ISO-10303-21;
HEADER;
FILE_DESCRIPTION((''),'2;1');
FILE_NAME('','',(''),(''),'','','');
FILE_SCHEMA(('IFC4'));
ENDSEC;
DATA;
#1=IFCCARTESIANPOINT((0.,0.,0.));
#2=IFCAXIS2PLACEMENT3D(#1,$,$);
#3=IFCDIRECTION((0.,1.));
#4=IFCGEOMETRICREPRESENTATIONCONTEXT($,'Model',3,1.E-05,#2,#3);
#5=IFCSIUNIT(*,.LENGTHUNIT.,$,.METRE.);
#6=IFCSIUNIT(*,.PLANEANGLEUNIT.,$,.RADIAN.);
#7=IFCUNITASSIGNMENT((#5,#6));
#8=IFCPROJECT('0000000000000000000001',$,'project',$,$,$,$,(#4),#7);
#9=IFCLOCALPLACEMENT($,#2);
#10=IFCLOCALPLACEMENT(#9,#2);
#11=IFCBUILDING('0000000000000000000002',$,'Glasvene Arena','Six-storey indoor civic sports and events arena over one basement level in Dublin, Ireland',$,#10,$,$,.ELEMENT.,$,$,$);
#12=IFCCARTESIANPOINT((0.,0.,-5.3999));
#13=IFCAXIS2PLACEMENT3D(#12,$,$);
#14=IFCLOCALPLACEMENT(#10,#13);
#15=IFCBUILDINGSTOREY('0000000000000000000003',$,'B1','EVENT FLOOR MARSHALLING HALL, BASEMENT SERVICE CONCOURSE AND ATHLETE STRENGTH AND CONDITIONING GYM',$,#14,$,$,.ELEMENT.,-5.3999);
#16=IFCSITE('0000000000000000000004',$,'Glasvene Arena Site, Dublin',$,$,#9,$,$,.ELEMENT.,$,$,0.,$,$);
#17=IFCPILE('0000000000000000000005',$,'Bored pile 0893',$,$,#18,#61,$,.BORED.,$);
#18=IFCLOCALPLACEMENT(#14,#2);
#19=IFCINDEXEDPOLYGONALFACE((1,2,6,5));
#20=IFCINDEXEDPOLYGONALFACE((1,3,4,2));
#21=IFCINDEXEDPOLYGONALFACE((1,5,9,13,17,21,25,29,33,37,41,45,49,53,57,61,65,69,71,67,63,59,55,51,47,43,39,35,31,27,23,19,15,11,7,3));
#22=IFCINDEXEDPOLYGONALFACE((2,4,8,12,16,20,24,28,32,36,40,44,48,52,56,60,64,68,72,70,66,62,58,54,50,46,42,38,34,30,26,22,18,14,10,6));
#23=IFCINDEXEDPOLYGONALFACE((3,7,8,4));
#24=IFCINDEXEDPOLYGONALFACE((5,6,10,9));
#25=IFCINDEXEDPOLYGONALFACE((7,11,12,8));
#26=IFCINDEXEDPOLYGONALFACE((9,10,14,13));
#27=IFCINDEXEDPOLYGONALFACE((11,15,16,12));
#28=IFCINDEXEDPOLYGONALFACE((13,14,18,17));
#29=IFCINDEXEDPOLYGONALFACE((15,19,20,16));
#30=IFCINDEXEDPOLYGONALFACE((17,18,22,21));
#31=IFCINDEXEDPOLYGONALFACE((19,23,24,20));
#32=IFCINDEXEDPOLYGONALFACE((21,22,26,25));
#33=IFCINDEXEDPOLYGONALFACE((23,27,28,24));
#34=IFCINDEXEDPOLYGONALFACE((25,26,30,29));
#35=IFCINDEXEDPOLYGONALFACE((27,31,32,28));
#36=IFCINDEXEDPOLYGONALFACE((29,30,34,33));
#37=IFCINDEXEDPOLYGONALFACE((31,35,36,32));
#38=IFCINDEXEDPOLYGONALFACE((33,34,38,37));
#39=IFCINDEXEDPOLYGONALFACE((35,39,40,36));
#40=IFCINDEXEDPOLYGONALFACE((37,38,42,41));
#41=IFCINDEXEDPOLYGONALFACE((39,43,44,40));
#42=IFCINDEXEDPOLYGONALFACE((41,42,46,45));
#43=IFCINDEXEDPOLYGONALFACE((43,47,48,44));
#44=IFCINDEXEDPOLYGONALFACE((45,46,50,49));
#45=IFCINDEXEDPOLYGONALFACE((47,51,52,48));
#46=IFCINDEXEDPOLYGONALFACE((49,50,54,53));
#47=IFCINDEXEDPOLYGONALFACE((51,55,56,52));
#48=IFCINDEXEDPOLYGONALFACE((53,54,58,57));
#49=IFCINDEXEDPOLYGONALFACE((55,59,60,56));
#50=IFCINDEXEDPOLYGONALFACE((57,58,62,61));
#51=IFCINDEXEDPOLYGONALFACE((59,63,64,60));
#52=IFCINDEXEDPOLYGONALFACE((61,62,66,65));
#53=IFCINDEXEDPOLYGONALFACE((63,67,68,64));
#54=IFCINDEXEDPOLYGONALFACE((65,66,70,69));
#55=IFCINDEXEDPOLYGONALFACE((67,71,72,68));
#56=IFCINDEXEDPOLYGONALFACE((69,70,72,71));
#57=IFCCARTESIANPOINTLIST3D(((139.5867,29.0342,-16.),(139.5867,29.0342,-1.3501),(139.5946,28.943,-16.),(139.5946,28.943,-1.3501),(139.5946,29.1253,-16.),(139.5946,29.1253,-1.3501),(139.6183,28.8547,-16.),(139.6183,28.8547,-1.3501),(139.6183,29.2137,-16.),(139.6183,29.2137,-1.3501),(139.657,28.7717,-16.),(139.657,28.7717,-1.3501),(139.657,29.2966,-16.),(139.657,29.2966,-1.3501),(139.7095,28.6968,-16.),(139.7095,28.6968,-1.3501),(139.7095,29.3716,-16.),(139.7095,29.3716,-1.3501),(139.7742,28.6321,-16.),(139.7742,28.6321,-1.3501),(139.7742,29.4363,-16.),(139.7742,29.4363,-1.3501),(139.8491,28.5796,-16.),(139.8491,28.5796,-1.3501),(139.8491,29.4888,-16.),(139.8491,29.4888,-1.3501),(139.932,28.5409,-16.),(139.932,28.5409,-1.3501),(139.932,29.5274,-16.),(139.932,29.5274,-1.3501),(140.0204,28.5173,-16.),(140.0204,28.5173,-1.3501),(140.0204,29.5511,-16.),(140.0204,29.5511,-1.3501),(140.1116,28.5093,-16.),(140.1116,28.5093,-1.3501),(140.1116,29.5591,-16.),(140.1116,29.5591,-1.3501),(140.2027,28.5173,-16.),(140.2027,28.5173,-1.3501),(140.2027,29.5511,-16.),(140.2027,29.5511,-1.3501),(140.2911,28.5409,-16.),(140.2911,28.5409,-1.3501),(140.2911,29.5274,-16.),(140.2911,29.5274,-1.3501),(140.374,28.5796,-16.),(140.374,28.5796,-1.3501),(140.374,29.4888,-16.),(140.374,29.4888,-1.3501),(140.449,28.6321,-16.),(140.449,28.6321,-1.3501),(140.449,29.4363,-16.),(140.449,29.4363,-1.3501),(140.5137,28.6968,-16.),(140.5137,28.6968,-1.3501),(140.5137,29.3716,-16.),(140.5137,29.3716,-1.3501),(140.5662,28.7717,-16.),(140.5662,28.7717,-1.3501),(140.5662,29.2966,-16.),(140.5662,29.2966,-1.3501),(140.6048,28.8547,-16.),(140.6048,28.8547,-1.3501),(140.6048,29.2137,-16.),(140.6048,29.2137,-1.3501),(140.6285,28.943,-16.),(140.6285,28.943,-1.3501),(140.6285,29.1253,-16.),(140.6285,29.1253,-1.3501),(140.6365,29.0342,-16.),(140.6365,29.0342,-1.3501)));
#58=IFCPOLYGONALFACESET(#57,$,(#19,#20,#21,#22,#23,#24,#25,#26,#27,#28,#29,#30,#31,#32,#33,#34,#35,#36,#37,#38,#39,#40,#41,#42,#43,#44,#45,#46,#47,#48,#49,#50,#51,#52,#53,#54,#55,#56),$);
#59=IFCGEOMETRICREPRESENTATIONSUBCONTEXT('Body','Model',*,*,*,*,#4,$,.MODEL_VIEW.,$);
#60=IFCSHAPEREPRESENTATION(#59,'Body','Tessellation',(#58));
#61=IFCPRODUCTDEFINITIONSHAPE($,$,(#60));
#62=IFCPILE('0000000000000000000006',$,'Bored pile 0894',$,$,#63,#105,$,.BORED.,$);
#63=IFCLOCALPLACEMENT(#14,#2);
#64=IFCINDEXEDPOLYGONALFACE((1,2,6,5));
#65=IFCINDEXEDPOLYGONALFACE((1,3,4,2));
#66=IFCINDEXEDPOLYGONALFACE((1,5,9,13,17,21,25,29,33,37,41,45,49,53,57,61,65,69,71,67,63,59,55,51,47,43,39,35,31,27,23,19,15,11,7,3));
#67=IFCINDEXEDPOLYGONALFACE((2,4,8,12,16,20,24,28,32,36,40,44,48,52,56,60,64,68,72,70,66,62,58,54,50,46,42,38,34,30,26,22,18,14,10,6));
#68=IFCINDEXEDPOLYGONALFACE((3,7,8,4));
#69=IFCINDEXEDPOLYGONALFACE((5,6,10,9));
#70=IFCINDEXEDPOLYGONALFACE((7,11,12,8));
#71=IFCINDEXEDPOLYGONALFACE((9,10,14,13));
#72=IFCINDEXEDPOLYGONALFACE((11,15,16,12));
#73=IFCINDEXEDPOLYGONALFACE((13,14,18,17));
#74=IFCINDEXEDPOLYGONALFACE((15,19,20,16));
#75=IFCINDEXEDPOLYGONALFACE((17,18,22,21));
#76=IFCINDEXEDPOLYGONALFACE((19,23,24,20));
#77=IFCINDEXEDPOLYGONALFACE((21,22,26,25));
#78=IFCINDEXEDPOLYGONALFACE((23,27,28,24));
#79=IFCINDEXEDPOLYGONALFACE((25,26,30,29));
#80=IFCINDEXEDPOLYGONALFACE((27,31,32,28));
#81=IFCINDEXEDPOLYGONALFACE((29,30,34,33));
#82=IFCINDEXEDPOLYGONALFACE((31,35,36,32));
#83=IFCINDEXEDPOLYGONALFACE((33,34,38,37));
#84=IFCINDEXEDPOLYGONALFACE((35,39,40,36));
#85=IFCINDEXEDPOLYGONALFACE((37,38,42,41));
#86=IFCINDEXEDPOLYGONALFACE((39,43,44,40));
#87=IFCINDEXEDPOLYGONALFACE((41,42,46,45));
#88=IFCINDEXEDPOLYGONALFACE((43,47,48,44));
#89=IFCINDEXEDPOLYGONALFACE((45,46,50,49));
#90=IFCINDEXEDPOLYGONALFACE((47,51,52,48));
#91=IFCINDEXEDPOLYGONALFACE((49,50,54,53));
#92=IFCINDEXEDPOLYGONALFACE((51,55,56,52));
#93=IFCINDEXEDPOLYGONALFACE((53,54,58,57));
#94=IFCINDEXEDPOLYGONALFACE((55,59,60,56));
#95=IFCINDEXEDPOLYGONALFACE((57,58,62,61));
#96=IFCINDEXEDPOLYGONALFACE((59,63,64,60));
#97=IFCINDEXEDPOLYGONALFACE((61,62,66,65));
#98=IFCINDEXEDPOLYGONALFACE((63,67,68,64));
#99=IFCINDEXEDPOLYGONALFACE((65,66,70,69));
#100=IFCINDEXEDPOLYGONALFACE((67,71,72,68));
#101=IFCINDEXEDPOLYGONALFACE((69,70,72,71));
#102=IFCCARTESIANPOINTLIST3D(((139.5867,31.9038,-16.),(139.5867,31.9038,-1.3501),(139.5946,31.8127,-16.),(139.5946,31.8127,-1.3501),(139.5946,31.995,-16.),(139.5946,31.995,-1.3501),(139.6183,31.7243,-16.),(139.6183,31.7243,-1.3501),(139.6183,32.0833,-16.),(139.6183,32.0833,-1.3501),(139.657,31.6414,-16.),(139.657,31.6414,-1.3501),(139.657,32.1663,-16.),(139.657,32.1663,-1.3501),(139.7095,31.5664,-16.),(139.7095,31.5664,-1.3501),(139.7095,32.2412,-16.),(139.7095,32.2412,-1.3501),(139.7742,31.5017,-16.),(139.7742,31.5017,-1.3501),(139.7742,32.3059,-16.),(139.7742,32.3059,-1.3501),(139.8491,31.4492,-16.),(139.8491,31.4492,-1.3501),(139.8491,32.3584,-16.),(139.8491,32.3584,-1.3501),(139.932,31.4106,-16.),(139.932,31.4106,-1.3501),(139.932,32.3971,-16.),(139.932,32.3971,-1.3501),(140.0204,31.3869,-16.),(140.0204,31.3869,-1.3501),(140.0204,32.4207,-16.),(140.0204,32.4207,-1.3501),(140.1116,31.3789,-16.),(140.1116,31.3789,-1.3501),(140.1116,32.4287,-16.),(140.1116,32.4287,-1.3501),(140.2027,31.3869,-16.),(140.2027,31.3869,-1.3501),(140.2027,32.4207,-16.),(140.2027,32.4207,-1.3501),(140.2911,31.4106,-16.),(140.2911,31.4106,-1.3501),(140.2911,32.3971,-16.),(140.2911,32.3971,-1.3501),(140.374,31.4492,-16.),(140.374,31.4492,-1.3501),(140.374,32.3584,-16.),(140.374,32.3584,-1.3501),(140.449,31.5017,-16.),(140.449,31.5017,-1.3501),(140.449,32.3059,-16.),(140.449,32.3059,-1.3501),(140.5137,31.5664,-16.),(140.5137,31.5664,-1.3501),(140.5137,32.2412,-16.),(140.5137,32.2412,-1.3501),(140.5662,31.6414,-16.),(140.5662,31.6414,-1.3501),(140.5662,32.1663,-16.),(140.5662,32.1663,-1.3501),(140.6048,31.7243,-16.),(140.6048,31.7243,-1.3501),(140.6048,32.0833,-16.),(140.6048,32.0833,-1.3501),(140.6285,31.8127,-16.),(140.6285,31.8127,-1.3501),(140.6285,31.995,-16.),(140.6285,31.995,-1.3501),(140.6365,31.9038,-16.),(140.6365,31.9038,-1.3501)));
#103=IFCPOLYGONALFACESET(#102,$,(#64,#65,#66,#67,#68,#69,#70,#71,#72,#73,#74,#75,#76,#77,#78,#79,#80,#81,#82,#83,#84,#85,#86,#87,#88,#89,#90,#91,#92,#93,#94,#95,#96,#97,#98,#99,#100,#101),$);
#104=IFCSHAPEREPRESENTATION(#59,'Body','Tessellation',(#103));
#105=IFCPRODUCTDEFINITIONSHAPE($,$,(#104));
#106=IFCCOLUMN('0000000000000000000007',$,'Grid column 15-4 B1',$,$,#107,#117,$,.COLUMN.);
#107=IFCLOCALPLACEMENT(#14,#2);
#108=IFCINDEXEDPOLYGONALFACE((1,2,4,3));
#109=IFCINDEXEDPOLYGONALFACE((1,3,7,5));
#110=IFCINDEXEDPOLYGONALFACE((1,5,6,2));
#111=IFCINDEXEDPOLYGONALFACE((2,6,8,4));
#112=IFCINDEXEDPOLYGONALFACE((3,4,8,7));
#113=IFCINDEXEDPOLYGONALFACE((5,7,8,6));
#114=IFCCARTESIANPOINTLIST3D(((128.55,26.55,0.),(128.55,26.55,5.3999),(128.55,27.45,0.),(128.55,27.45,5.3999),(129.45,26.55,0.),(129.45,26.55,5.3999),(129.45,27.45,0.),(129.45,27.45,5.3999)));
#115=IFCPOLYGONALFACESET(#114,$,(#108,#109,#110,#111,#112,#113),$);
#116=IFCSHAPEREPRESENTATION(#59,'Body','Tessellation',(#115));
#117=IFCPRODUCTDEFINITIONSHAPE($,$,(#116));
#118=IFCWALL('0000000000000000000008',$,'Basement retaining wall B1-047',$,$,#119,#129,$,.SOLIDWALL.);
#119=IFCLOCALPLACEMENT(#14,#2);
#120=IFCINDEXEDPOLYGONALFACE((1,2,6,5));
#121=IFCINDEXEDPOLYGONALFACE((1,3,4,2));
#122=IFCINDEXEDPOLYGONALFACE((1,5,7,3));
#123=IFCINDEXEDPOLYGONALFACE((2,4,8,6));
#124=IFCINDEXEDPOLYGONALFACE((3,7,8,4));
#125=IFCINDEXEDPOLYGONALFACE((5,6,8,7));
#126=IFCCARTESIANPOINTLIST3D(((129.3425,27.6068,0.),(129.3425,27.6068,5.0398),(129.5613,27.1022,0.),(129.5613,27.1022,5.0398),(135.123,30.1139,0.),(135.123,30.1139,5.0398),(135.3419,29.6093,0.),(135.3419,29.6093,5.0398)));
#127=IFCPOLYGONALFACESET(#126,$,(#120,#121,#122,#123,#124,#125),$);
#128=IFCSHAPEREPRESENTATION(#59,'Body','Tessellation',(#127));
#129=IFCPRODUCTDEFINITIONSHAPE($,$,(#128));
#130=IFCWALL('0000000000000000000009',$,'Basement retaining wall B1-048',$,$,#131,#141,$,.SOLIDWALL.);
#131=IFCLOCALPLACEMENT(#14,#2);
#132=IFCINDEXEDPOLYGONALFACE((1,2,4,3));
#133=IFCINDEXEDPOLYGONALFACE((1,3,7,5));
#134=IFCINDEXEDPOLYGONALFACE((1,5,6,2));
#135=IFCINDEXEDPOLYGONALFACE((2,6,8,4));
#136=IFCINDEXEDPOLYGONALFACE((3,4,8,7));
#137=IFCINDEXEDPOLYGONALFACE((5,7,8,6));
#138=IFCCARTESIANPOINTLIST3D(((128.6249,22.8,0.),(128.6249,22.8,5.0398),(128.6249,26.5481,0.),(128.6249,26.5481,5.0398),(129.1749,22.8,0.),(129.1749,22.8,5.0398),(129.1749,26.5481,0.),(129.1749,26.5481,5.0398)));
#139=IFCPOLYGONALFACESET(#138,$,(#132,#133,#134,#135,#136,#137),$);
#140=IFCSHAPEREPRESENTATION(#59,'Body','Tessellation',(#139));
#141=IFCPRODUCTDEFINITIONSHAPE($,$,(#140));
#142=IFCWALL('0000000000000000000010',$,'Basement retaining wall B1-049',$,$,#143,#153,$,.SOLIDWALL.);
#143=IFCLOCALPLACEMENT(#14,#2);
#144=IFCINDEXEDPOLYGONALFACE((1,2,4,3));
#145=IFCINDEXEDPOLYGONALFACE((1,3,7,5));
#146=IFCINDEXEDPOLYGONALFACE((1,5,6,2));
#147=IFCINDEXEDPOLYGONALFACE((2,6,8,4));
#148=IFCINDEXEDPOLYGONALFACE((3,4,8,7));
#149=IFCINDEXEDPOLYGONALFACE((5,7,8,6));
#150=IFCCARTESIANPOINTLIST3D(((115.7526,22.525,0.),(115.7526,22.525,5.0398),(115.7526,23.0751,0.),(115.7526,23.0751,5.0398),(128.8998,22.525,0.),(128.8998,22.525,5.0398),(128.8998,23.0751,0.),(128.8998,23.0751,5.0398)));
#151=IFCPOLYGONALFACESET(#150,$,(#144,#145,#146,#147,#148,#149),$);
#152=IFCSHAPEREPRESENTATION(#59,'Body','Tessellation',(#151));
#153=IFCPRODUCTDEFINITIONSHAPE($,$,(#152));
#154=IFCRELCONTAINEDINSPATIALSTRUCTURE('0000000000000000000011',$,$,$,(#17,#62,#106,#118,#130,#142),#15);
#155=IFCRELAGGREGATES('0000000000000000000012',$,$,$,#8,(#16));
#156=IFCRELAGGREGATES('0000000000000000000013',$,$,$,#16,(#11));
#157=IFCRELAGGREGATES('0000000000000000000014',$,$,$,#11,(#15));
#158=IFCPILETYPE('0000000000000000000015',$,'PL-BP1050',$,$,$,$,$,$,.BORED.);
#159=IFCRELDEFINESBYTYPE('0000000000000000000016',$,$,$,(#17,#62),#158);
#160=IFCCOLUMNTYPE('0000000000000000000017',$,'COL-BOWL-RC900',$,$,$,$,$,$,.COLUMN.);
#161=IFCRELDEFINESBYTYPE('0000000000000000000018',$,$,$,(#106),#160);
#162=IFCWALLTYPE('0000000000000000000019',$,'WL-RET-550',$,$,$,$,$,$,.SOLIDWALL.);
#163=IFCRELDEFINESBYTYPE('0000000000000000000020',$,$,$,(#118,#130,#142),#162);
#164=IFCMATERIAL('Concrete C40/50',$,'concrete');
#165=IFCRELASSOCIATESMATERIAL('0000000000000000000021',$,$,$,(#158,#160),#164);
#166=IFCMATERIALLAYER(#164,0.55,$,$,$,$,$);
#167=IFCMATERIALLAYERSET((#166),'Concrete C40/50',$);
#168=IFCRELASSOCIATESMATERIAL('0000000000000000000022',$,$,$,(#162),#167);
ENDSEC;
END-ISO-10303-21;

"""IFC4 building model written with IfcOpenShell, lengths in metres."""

from ifc_helpers import new_model, si_unit, direction, frame, frame_2d, origin, origin_2d, place, context, subcontext, project, spatial, rectangle, circle, extrude, material, layer, layer_set, material_profile, profile_set, type_object, element, save


model = new_model("IFC4")

# Units and contexts
model_context = context("Model", 3, precision=1e-05, world=origin(), true_north=direction((0.0, 1.0)))
body_context = subcontext(model_context, "Body", "Model", "MODEL_VIEW")
ifc_project = project(units=[si_unit("LENGTHUNIT", "METRE"), si_unit("PLANEANGLEUNIT", "RADIAN")], contexts=[model_context])

# Site, building, storey
site_placement = place(None, origin())
site = spatial("IfcSite", under=ifc_project, at=site_placement, Name="Glasvene Arena Site, Dublin", CompositionType="ELEMENT", RefElevation=0.0)
building_placement = place(site_placement, origin())
building = spatial("IfcBuilding", under=site, at=building_placement, Name="Glasvene Arena", Description="Six-storey indoor civic sports and events arena over one basement level in Dublin, Ireland", CompositionType="ELEMENT")
storey_placement = place(building_placement, frame((0.0, 0.0, -5.3999)))
storey = spatial("IfcBuildingStorey", under=building, at=storey_placement, Name="B1", Description="EVENT FLOOR MARSHALLING HALL, BASEMENT SERVICE CONCOURSE AND ATHLETE STRENGTH AND CONDITIONING GYM", CompositionType="ELEMENT", Elevation=-5.3999)

# Piles
ifc_material = material(Name="Concrete C40/50", Category="concrete")
ifc_material_profile_1 = material_profile(ifc_material, circle(Radius=0.5249, at=origin_2d()), Name="BORED PILE 1050")
ifc_profile_set_1 = profile_set([ifc_material_profile_1], Name="Concrete C40/50")
pile_type = type_object("IfcPileType", Name="PL-BP1050", PredefinedType="BORED", material=ifc_profile_set_1)
for number, where, z_axis, x_axis, name in (
    (1, (140.1116, 29.0342, -1.3501), (0.0, 0.0, -1.0), (1.0, 0.0, 0.0), "Bored pile 0893"),
    (2, (140.1116, 31.9038, -1.3501), (0.0, 0.0, -1.0), (1.0, 0.0, 0.0), "Bored pile 0894"),
):
    element("IfcPile", number, at=place(storey_placement, frame(where, z_axis=z_axis, x_axis=x_axis)), inside=storey, type_object=pile_type, Name=name, PredefinedType="BORED", context=body_context, shape_type="SweptSolid", body=[
        extrude(circle(Radius=0.5249, at=origin_2d()), origin(), (0.0, 0.0, 1.0), 14.6499),
    ])

# Column
ifc_material_profile_2 = material_profile(ifc_material, rectangle(XDim=0.8999, YDim=0.8999, at=origin_2d()), Name="RC 900x900")
ifc_profile_set_2 = profile_set([ifc_material_profile_2], Name="Concrete C40/50")
column_type = type_object("IfcColumnType", Name="COL-BOWL-RC900", PredefinedType="COLUMN", material=ifc_profile_set_2)
column_placement = place(storey_placement, frame((129.0, 27.0, 0.0), z_axis=(0.0, 0.0, 1.0), x_axis=(1.0, 0.0, 0.0)))
element("IfcColumn", 3, at=column_placement, inside=storey, type_object=column_type, Name="Grid column 15-4 B1", PredefinedType="COLUMN", context=body_context, shape_type="SweptSolid", body=[
    extrude(rectangle(XDim=0.8999, YDim=0.8999, at=origin_2d()), origin(), (0.0, 0.0, 1.0), 5.3999),
])

# Walls
ifc_layer = layer(ifc_material, 0.55)
ifc_layer_set = layer_set([ifc_layer], Name="Concrete C40/50")
wall_type = type_object("IfcWallType", Name="WL-RET-550", PredefinedType="SOLIDWALL", material=ifc_layer_set)
wall_1_placement = place(storey_placement, frame((135.2324, 29.8616, 0.0), z_axis=(0.0, 0.0, 1.0), x_axis=(-0.917429, -0.3979, 0.0)))
element("IfcWall", 4, at=wall_1_placement, inside=storey, type_object=wall_type, Name="Basement retaining wall B1-047", PredefinedType="SOLIDWALL", context=body_context, shape_type="SweptSolid", body=[
    extrude(rectangle(XDim=6.3008, YDim=0.55, at=frame_2d((3.1504, 0.0))), origin(), (0.0, 0.0, 1.0), 5.0398),
])
wall_2_placement = place(storey_placement, frame((128.8999, 26.5481, 0.0), z_axis=(0.0, 0.0, 1.0), x_axis=(0.0, -1.0, 0.0)))
element("IfcWall", 5, at=wall_2_placement, inside=storey, type_object=wall_type, Name="Basement retaining wall B1-048", PredefinedType="SOLIDWALL", context=body_context, shape_type="SweptSolid", body=[
    extrude(rectangle(XDim=3.748, YDim=0.55, at=frame_2d((1.874, 0.0))), origin(), (0.0, 0.0, 1.0), 5.0398),
])
wall_3_placement = place(storey_placement, frame((128.8999, 22.8, 0.0), z_axis=(0.0, 0.0, 1.0), x_axis=(-1.0, 0.0, 0.0)))
element("IfcWall", 6, at=wall_3_placement, inside=storey, type_object=wall_type, Name="Basement retaining wall B1-049", PredefinedType="SOLIDWALL", context=body_context, shape_type="SweptSolid", body=[
    extrude(rectangle(XDim=13.1472, YDim=0.55, at=frame_2d((6.5737, 0.0))), origin(), (0.0, 0.0, 1.0), 5.0398),
])

save(model, "model.ifc")
